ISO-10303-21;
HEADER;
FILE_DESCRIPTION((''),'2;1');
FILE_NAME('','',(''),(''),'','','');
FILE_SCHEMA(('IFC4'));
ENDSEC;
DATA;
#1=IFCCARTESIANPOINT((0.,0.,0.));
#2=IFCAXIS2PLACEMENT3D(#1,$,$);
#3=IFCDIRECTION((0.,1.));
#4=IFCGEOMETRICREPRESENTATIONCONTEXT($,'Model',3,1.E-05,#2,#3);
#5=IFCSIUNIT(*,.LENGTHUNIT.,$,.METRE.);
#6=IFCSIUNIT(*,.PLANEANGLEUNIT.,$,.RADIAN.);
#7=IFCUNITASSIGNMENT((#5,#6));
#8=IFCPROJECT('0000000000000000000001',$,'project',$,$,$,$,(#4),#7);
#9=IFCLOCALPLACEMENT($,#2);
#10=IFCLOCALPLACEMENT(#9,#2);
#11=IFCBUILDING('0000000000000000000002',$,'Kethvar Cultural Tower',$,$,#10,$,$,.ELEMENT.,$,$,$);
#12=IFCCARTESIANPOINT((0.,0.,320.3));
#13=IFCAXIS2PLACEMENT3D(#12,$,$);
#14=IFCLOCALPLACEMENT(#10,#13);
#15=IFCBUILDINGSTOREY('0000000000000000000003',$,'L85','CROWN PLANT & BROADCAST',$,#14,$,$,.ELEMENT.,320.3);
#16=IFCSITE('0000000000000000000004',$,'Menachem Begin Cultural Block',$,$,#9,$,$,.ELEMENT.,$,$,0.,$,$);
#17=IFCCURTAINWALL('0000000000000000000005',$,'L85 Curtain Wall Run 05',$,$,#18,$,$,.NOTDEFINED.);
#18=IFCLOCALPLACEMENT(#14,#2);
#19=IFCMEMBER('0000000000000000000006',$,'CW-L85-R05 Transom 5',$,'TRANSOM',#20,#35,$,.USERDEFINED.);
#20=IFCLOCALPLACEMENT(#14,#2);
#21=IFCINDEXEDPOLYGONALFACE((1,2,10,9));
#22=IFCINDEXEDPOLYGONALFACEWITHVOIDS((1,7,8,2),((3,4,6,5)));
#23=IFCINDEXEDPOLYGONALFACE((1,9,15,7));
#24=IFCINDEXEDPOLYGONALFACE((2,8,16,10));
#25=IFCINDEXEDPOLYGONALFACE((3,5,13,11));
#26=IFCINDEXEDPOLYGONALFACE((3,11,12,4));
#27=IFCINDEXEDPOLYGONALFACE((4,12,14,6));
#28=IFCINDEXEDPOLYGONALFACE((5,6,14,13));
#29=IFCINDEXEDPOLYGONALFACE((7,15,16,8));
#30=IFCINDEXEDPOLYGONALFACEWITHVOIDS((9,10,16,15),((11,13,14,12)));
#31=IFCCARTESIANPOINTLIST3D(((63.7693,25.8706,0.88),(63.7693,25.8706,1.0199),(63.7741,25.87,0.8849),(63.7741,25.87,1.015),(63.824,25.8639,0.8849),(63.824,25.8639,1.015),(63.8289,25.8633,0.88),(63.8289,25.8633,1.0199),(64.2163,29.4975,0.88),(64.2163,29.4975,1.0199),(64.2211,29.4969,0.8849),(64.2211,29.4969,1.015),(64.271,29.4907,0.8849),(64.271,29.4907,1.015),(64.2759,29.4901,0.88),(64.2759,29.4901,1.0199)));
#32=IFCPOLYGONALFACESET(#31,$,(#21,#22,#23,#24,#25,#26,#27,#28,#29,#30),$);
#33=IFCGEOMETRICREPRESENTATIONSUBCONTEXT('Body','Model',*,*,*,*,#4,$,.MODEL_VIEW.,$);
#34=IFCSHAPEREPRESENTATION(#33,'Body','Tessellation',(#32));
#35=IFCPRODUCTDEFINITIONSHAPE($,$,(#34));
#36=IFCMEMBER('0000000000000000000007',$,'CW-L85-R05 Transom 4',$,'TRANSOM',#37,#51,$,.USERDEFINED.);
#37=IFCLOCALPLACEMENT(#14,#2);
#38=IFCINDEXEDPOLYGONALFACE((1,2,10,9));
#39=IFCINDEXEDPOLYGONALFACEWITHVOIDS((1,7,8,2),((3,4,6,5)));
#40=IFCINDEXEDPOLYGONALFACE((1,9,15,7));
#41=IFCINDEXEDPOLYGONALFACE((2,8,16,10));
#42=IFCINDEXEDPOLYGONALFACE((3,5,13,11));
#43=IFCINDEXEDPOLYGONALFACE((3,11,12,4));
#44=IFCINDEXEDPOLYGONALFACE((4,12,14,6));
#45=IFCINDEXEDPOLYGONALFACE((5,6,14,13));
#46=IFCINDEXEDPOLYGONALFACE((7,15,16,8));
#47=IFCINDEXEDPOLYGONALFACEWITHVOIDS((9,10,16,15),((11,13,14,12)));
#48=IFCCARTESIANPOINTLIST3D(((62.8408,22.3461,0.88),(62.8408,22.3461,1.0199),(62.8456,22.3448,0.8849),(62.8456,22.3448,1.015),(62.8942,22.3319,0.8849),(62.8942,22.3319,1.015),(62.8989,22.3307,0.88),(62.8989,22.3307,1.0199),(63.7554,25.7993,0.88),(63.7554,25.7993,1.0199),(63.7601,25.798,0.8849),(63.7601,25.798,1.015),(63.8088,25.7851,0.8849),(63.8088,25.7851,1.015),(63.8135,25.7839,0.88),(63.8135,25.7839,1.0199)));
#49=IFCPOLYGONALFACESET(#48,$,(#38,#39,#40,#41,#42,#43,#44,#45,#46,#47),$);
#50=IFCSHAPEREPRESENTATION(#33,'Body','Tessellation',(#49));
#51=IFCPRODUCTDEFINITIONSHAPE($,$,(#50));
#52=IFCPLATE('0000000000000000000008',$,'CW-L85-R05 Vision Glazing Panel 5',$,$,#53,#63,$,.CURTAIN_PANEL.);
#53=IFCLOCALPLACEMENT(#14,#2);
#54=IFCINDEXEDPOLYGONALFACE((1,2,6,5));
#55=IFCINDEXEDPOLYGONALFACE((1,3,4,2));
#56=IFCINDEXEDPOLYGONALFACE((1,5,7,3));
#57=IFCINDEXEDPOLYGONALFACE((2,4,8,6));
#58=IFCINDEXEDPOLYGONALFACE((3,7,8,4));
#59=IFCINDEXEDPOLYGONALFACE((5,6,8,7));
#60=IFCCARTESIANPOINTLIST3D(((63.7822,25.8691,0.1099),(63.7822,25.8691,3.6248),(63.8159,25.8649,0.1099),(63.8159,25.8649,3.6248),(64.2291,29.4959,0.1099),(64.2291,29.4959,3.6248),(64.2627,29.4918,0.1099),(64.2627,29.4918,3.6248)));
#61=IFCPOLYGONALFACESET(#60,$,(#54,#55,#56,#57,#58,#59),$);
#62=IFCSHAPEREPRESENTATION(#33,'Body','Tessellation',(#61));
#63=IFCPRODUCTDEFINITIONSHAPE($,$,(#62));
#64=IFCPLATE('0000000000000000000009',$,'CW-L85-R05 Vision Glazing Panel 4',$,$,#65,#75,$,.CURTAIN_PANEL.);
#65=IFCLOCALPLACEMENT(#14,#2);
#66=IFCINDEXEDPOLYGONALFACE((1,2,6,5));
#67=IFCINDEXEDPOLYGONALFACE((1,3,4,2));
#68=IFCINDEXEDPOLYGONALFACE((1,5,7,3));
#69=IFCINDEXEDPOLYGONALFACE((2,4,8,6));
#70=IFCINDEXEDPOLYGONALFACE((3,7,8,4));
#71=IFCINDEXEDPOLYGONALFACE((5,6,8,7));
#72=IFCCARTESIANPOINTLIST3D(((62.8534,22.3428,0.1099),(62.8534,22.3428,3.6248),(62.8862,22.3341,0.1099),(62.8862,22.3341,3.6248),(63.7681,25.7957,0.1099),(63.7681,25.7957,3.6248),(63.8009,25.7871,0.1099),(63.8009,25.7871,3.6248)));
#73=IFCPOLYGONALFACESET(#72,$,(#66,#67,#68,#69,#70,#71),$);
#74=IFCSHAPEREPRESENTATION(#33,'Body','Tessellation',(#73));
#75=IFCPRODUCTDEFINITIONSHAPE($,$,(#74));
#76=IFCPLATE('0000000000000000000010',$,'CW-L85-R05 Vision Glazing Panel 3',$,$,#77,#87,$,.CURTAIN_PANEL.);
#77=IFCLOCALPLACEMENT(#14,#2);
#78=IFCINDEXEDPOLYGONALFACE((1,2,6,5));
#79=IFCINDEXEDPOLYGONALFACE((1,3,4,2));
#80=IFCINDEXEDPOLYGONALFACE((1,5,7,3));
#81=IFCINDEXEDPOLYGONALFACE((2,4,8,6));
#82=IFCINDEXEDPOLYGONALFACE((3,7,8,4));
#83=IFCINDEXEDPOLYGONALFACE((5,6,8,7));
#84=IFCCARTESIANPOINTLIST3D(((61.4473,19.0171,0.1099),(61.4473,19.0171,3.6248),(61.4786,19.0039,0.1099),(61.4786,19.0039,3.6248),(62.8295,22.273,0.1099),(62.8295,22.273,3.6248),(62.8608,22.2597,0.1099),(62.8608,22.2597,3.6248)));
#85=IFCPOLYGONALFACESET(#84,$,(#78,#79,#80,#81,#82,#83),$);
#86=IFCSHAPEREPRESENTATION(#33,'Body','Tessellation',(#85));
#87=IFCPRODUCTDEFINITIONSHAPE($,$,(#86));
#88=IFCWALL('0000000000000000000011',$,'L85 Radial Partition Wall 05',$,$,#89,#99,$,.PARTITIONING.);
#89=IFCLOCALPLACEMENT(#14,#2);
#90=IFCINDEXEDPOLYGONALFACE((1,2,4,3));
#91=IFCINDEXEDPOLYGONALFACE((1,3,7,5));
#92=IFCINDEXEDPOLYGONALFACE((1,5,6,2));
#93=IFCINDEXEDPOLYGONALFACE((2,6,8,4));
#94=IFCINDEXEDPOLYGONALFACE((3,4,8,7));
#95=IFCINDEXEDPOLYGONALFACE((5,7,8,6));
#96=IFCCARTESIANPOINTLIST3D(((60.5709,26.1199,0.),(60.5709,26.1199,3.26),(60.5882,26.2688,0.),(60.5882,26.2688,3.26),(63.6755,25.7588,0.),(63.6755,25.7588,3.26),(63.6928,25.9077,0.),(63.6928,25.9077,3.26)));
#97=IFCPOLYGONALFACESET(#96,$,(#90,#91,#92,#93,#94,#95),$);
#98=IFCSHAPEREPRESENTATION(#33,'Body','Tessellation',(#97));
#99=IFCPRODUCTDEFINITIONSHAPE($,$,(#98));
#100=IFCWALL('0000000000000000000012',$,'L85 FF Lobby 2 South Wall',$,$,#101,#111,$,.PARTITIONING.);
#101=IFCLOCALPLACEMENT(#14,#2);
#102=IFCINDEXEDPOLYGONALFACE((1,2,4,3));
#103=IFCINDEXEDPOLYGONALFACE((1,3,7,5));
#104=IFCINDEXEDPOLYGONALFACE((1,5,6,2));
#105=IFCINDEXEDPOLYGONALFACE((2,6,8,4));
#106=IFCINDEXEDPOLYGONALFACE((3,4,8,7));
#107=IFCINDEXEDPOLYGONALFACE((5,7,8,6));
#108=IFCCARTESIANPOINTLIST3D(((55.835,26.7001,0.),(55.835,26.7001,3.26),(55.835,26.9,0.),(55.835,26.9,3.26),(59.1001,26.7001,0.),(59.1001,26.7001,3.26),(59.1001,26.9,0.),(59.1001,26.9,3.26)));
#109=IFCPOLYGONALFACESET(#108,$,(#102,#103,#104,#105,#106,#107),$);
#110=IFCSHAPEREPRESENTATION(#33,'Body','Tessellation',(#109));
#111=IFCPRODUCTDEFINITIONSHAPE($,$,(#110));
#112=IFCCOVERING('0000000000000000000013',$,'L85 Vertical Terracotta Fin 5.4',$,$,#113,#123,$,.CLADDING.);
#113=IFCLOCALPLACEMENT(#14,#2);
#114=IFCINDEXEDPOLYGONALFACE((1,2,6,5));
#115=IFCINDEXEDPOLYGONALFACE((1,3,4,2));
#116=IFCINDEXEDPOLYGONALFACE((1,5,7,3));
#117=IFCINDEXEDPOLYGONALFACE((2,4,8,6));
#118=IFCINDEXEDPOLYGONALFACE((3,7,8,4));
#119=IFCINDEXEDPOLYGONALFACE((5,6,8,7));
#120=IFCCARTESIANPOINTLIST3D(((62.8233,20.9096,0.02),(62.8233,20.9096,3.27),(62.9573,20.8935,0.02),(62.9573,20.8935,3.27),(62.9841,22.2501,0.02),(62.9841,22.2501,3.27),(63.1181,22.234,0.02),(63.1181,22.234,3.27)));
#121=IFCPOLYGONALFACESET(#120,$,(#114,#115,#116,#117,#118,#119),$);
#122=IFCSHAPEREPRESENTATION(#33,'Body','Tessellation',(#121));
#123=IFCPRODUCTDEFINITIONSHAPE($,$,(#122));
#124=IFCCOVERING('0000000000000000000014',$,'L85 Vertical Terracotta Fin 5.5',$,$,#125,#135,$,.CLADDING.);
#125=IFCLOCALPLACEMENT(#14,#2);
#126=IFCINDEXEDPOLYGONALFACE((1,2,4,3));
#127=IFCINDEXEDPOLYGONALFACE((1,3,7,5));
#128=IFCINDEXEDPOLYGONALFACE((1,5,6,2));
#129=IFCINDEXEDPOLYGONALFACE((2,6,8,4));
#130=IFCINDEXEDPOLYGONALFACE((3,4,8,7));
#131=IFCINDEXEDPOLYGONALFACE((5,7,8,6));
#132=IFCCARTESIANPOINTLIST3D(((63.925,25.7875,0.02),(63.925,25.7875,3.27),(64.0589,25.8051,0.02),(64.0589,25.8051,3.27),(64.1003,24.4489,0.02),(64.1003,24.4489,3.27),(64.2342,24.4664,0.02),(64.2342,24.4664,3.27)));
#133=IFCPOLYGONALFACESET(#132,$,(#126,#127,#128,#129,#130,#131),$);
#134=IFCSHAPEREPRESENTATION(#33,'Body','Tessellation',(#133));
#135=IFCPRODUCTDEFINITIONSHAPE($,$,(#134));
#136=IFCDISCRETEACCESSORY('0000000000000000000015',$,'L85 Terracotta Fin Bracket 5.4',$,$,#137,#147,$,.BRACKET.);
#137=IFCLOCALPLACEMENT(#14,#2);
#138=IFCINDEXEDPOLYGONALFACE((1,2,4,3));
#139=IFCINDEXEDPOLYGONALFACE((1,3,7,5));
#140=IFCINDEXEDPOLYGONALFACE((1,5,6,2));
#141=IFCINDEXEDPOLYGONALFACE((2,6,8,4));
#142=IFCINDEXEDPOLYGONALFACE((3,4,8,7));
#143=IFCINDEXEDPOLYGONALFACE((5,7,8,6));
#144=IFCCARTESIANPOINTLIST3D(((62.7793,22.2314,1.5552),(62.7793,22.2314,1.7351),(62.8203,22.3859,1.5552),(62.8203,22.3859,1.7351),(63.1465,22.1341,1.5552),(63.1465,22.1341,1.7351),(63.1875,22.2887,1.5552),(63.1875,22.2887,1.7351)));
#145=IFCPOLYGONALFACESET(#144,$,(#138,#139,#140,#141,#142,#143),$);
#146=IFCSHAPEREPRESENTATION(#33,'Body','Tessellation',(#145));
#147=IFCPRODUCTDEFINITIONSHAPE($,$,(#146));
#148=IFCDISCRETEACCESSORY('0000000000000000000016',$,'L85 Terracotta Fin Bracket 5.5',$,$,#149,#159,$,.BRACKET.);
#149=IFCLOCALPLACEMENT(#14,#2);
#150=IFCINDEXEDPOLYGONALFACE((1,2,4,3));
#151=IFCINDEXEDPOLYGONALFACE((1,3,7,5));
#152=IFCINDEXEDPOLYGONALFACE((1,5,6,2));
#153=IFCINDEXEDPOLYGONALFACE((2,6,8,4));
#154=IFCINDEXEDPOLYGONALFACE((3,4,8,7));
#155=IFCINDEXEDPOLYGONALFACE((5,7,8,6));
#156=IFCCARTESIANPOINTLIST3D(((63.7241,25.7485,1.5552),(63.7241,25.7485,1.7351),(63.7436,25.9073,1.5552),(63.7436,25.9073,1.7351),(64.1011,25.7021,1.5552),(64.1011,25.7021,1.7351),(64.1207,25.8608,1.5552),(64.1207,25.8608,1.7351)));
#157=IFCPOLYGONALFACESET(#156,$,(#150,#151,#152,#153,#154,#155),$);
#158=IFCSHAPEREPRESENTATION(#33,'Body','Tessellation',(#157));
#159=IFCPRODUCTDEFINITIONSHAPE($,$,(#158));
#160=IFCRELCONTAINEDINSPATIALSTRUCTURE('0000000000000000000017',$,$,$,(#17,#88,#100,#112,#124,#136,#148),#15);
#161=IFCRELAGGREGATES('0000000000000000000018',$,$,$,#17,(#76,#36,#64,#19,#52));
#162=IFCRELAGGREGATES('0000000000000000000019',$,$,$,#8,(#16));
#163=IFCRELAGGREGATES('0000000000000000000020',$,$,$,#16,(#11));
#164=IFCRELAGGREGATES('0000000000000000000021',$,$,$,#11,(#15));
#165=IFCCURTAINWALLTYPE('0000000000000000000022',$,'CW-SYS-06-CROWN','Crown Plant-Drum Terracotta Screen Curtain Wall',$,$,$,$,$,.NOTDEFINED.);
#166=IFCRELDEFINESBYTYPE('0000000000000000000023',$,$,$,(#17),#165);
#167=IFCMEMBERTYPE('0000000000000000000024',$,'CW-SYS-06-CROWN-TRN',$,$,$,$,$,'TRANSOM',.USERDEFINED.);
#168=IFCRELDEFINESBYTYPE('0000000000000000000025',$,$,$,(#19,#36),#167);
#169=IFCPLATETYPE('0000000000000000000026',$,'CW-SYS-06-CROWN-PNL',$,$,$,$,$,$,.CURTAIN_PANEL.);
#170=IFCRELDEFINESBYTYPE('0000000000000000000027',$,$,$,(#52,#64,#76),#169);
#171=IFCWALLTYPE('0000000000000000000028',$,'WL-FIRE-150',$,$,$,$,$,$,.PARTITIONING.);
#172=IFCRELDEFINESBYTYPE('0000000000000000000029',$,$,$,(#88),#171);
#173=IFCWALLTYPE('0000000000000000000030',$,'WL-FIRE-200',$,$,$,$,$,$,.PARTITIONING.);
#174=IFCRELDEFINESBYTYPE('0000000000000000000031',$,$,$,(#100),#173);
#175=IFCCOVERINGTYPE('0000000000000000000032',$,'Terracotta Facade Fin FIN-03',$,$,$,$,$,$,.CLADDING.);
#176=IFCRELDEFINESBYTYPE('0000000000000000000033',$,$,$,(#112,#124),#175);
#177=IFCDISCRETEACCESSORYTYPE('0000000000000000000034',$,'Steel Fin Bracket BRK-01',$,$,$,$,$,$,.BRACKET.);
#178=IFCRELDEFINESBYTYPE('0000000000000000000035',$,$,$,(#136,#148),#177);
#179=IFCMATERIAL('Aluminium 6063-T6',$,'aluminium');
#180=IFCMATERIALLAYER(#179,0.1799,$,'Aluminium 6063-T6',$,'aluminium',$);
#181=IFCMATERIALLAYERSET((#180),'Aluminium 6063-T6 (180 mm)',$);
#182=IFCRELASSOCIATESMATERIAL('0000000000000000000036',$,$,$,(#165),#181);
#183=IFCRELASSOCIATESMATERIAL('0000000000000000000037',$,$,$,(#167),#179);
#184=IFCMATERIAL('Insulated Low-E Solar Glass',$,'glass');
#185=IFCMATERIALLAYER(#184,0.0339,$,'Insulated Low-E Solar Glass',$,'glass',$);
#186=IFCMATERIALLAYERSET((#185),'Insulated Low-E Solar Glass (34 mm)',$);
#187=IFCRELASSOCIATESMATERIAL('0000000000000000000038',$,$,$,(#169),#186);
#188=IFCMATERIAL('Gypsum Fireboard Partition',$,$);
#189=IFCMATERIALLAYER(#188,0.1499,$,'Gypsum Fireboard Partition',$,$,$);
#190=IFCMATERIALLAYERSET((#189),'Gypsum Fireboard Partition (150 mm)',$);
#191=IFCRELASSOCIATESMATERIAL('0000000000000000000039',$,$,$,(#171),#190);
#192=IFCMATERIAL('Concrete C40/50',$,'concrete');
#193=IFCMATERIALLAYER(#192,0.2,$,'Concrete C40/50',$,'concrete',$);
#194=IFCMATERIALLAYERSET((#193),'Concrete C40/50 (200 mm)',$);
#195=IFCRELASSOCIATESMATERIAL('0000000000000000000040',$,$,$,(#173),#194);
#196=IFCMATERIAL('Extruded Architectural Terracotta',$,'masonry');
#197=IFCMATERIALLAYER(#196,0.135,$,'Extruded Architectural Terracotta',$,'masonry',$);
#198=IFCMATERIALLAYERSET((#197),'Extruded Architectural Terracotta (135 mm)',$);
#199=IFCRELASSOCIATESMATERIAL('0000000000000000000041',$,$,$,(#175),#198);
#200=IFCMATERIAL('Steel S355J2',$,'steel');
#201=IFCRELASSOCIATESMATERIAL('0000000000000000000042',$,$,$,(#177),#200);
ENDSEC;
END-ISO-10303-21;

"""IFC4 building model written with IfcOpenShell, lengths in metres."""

from ifc_helpers import new_model, si_unit, direction, frame, frame_2d, origin, origin_2d, place, context, subcontext, project, spatial, rectangle, hollow_rectangle, extrude, source, transform, mapped, material, layer, layer_set, material_profile, profile_set, type_object, element, aggregate, save


model = new_model("IFC4")

# Units and contexts
model_context = context("Model", 3, precision=1e-05, world=origin(), true_north=direction((0.0, 1.0)))
body_context = subcontext(model_context, "Body", "Model", "MODEL_VIEW")
ifc_project = project(units=[si_unit("LENGTHUNIT", "METRE"), si_unit("PLANEANGLEUNIT", "RADIAN")], contexts=[model_context])

# Site, building, storey
site_placement = place(None, origin())
site = spatial("IfcSite", under=ifc_project, at=site_placement, Name="Menachem Begin Cultural Block", CompositionType="ELEMENT", RefElevation=0.0)
building_placement = place(site_placement, origin())
building = spatial("IfcBuilding", under=site, at=building_placement, Name="Kethvar Cultural Tower", CompositionType="ELEMENT")
storey_placement = place(building_placement, frame((0.0, 0.0, 320.3)))
storey = spatial("IfcBuildingStorey", under=building, at=storey_placement, Name="L85", Description="CROWN PLANT & BROADCAST", CompositionType="ELEMENT", Elevation=320.3)

# Shared definitions
ifc_material_1 = material(Name="Steel S355J2", Category="steel")

# Curtain wall, members, plates
ifc_material_2 = material(Name="Aluminium 6063-T6", Category="aluminium")
ifc_layer_1 = layer(ifc_material_2, 0.1799, Name="Aluminium 6063-T6", Category="aluminium")
ifc_layer_set_1 = layer_set([ifc_layer_1], Name="Aluminium 6063-T6 (180 mm)")
curtain_wall_type = type_object("IfcCurtainWallType", Name="CW-SYS-06-CROWN", Description="Crown Plant-Drum Terracotta Screen Curtain Wall", PredefinedType="NOTDEFINED", material=ifc_layer_set_1)
curtain_wall_placement = place(storey_placement, origin())
curtain_wall = element("IfcCurtainWall", 1, at=curtain_wall_placement, inside=storey, type_object=curtain_wall_type, Name="L85 Curtain Wall Run 05", PredefinedType="NOTDEFINED")
ifc_material_profile_1 = material_profile(ifc_material_2, hollow_rectangle(XDim=0.0601, YDim=0.1399, WallThickness=0.0049, at=origin_2d()), Name="Aluminium 6063-T6 — RHS140x60x5")
ifc_profile_set_1 = profile_set([ifc_material_profile_1], Name="Aluminium 6063-T6 — RHS140x60x5")
member_type_1 = type_object("IfcMemberType", Name="CW-SYS-06-CROWN-TRN", ElementType="TRANSOM", PredefinedType="USERDEFINED", material=ifc_profile_set_1)
shared_shape_1 = source(origin(), body_context, "Body", "SweptSolid", [
    extrude(hollow_rectangle(XDim=0.0601, YDim=0.1399, WallThickness=0.0049, at=origin_2d()), origin(), (0.0, 0.0, 1.0), 3.6543),
])
member_1_placement = place(storey_placement, frame((63.7991, 25.8669, 0.95), z_axis=(0.122324, 0.99249, 0.0), x_axis=(-0.99249, 0.122324, 0.0)))
member_1 = element("IfcMember", 2, at=member_1_placement, type_object=member_type_1, Name="CW-L85-R05 Transom 5", ObjectType="TRANSOM", PredefinedType="USERDEFINED", context=body_context, shape_type="MappedRepresentation", body=[
    mapped(shared_shape_1, transform((0.0, 0.0, 0.0), scale=1.0)),
])
shared_shape_2 = source(origin(), body_context, "Body", "SweptSolid", [
    extrude(hollow_rectangle(XDim=0.0601, YDim=0.1399, WallThickness=0.0049, at=origin_2d()), origin(), (0.0, 0.0, 1.0), 3.5723),
])
member_2_placement = place(storey_placement, frame((62.8699, 22.3384, 0.95), z_axis=(0.25602, 0.966671, 0.0), x_axis=(-0.966671, 0.25602, 0.0)))
member_2 = element("IfcMember", 3, at=member_2_placement, type_object=member_type_1, Name="CW-L85-R05 Transom 4", ObjectType="TRANSOM", PredefinedType="USERDEFINED", context=body_context, shape_type="MappedRepresentation", body=[
    mapped(shared_shape_2, transform((0.0, 0.0, 0.0), scale=1.0)),
])
ifc_material_3 = material(Name="Insulated Low-E Solar Glass", Category="glass")
ifc_layer_2 = layer(ifc_material_3, 0.0339, Name="Insulated Low-E Solar Glass", Category="glass")
ifc_layer_set_2 = layer_set([ifc_layer_2], Name="Insulated Low-E Solar Glass (34 mm)")
plate_type = type_object("IfcPlateType", Name="CW-SYS-06-CROWN-PNL", PredefinedType="CURTAIN_PANEL", material=ifc_layer_set_2)
shared_shape_3 = source(origin(), body_context, "Body", "SweptSolid", [
    extrude(rectangle(XDim=3.6543, YDim=0.0339, at=origin_2d()), origin(), (0.0, 0.0, 1.0), 3.5149),
])
plate_1_placement = place(storey_placement, frame((64.0225, 27.6804, 0.1099), z_axis=(0.0, 0.0, 1.0), x_axis=(0.122285, 0.992495, 0.0)))
plate_1 = element("IfcPlate", 4, at=plate_1_placement, type_object=plate_type, Name="CW-L85-R05 Vision Glazing Panel 5", PredefinedType="CURTAIN_PANEL", context=body_context, shape_type="MappedRepresentation", body=[
    mapped(shared_shape_3, transform((0.0, 0.0, 0.0), scale=1.0)),
])
shared_shape_4 = source(origin(), body_context, "Body", "SweptSolid", [
    extrude(rectangle(XDim=3.572, YDim=0.0339, at=origin_2d()), origin(), (0.0, 0.0, 1.0), 3.5149),
])
plate_2_placement = place(storey_placement, frame((63.3271, 24.0649, 0.1099), z_axis=(0.0, 0.0, 1.0), x_axis=(0.256087, 0.966654, 0.0)))
plate_2 = element("IfcPlate", 5, at=plate_2_placement, type_object=plate_type, Name="CW-L85-R05 Vision Glazing Panel 4", PredefinedType="CURTAIN_PANEL", context=body_context, shape_type="MappedRepresentation", body=[
    mapped(shared_shape_4, transform((0.0, 0.0, 0.0), scale=1.0)),
])
shared_shape_5 = source(origin(), body_context, "Body", "SweptSolid", [
    extrude(rectangle(XDim=3.5371, YDim=0.0339, at=origin_2d()), origin(), (0.0, 0.0, 1.0), 3.5149),
])
plate_3_placement = place(storey_placement, frame((62.1541, 20.6384, 0.1099), z_axis=(0.0, 0.0, 1.0), x_axis=(0.390763, 0.920491, 0.0)))
plate_3 = element("IfcPlate", 6, at=plate_3_placement, type_object=plate_type, Name="CW-L85-R05 Vision Glazing Panel 3", PredefinedType="CURTAIN_PANEL", context=body_context, shape_type="MappedRepresentation", body=[
    mapped(shared_shape_5, transform((0.0, 0.0, 0.0), scale=1.0)),
])
aggregate(curtain_wall, [plate_3, member_2, plate_2, member_1, plate_1])

# Wall
ifc_material_4 = material(Name="Gypsum Fireboard Partition")
ifc_layer_3 = layer(ifc_material_4, 0.1499, Name="Gypsum Fireboard Partition")
ifc_layer_set_3 = layer_set([ifc_layer_3], Name="Gypsum Fireboard Partition (150 mm)")
wall_type_1 = type_object("IfcWallType", Name="WL-FIRE-150", PredefinedType="PARTITIONING", material=ifc_layer_set_3)
wall_1_placement = place(storey_placement, frame((60.5796, 26.1943, 0.0), z_axis=(0.0, 0.0, 1.0), x_axis=(0.993304, -0.115531, 0.0)))
element("IfcWall", 7, at=wall_1_placement, inside=storey, type_object=wall_type_1, Name="L85 Radial Partition Wall 05", PredefinedType="PARTITIONING", context=body_context, shape_type="SweptSolid", body=[
    extrude(rectangle(XDim=3.1255, YDim=0.1499, at=frame_2d((1.5627, 0.0))), origin(), (0.0, 0.0, 1.0), 3.26),
])

# Shared definitions
ifc_material_5 = material(Name="Concrete C40/50", Category="concrete")
ifc_layer_4 = layer(ifc_material_5, 0.2, Name="Concrete C40/50", Category="concrete")
ifc_layer_set_4 = layer_set([ifc_layer_4], Name="Concrete C40/50 (200 mm)")
wall_type_2 = type_object("IfcWallType", Name="WL-FIRE-200", PredefinedType="PARTITIONING", material=ifc_layer_set_4)

# Wall
wall_2_placement = place(storey_placement, frame((55.835, 26.8, 0.0), z_axis=(0.0, 0.0, 1.0), x_axis=(1.0, 0.0, 0.0)))
element("IfcWall", 8, at=wall_2_placement, inside=storey, type_object=wall_type_2, Name="L85 FF Lobby 2 South Wall", PredefinedType="PARTITIONING", context=body_context, shape_type="SweptSolid", body=[
    extrude(rectangle(XDim=3.2651, YDim=0.2, at=frame_2d((1.6326, 0.0))), origin(), (0.0, 0.0, 1.0), 3.26),
])

# Coverings
ifc_material_6 = material(Name="Extruded Architectural Terracotta", Category="masonry")
ifc_layer_5 = layer(ifc_material_6, 0.135, Name="Extruded Architectural Terracotta", Category="masonry")
ifc_layer_set_5 = layer_set([ifc_layer_5], Name="Extruded Architectural Terracotta (135 mm)")
covering_type = type_object("IfcCoveringType", Name="Terracotta Facade Fin FIN-03", PredefinedType="CLADDING", material=ifc_layer_set_5)
shared_shape_6 = source(origin(), body_context, "Body", "SweptSolid", [
    extrude(rectangle(XDim=1.3501, YDim=0.135, at=origin_2d()), origin(), (0.0, 0.0, 1.0), 3.25),
])
for number, where, z_axis, x_axis, name in (
    (9, (62.9707, 21.5718, 0.02), (0.0, 0.0, 1.0), (-0.119097, -0.992883, 0.0), "L85 Vertical Terracotta Fin 5.4"),
    (10, (64.0796, 25.127, 0.02), (0.0, 0.0, 1.0), (0.129834, -0.991536, 0.0), "L85 Vertical Terracotta Fin 5.5"),
):
    element("IfcCovering", number, at=place(storey_placement, frame(where, z_axis=z_axis, x_axis=x_axis)), inside=storey, type_object=covering_type, Name=name, PredefinedType="CLADDING", context=body_context, shape_type="MappedRepresentation", body=[
        mapped(shared_shape_6, transform((0.0, 0.0, 0.0), scale=1.0)),
    ])

# Discrete accessories
discrete_accessory_type = type_object("IfcDiscreteAccessoryType", Name="Steel Fin Bracket BRK-01", PredefinedType="BRACKET", material=ifc_material_1)
shared_shape_7 = source(origin(), body_context, "Body", "SweptSolid", [
    extrude(rectangle(XDim=0.3799, YDim=0.1599, at=origin_2d()), origin(), (0.0, 0.0, 1.0), 0.1799),
])
for number, where, z_axis, x_axis, name in (
    (11, (62.9834, 22.26, 1.5552), (0.0, 0.0, 1.0), (0.966645, -0.256121, 0.0), "L85 Terracotta Fin Bracket 5.4"),
    (12, (63.9224, 25.8047, 1.5552), (0.0, 0.0, 1.0), (0.992504, -0.122216, 0.0), "L85 Terracotta Fin Bracket 5.5"),
):
    element("IfcDiscreteAccessory", number, at=place(storey_placement, frame(where, z_axis=z_axis, x_axis=x_axis)), inside=storey, type_object=discrete_accessory_type, Name=name, PredefinedType="BRACKET", context=body_context, shape_type="MappedRepresentation", body=[
        mapped(shared_shape_7, transform((0.0, 0.0, 0.0), scale=1.0)),
    ])

save(model, "model.ifc")
